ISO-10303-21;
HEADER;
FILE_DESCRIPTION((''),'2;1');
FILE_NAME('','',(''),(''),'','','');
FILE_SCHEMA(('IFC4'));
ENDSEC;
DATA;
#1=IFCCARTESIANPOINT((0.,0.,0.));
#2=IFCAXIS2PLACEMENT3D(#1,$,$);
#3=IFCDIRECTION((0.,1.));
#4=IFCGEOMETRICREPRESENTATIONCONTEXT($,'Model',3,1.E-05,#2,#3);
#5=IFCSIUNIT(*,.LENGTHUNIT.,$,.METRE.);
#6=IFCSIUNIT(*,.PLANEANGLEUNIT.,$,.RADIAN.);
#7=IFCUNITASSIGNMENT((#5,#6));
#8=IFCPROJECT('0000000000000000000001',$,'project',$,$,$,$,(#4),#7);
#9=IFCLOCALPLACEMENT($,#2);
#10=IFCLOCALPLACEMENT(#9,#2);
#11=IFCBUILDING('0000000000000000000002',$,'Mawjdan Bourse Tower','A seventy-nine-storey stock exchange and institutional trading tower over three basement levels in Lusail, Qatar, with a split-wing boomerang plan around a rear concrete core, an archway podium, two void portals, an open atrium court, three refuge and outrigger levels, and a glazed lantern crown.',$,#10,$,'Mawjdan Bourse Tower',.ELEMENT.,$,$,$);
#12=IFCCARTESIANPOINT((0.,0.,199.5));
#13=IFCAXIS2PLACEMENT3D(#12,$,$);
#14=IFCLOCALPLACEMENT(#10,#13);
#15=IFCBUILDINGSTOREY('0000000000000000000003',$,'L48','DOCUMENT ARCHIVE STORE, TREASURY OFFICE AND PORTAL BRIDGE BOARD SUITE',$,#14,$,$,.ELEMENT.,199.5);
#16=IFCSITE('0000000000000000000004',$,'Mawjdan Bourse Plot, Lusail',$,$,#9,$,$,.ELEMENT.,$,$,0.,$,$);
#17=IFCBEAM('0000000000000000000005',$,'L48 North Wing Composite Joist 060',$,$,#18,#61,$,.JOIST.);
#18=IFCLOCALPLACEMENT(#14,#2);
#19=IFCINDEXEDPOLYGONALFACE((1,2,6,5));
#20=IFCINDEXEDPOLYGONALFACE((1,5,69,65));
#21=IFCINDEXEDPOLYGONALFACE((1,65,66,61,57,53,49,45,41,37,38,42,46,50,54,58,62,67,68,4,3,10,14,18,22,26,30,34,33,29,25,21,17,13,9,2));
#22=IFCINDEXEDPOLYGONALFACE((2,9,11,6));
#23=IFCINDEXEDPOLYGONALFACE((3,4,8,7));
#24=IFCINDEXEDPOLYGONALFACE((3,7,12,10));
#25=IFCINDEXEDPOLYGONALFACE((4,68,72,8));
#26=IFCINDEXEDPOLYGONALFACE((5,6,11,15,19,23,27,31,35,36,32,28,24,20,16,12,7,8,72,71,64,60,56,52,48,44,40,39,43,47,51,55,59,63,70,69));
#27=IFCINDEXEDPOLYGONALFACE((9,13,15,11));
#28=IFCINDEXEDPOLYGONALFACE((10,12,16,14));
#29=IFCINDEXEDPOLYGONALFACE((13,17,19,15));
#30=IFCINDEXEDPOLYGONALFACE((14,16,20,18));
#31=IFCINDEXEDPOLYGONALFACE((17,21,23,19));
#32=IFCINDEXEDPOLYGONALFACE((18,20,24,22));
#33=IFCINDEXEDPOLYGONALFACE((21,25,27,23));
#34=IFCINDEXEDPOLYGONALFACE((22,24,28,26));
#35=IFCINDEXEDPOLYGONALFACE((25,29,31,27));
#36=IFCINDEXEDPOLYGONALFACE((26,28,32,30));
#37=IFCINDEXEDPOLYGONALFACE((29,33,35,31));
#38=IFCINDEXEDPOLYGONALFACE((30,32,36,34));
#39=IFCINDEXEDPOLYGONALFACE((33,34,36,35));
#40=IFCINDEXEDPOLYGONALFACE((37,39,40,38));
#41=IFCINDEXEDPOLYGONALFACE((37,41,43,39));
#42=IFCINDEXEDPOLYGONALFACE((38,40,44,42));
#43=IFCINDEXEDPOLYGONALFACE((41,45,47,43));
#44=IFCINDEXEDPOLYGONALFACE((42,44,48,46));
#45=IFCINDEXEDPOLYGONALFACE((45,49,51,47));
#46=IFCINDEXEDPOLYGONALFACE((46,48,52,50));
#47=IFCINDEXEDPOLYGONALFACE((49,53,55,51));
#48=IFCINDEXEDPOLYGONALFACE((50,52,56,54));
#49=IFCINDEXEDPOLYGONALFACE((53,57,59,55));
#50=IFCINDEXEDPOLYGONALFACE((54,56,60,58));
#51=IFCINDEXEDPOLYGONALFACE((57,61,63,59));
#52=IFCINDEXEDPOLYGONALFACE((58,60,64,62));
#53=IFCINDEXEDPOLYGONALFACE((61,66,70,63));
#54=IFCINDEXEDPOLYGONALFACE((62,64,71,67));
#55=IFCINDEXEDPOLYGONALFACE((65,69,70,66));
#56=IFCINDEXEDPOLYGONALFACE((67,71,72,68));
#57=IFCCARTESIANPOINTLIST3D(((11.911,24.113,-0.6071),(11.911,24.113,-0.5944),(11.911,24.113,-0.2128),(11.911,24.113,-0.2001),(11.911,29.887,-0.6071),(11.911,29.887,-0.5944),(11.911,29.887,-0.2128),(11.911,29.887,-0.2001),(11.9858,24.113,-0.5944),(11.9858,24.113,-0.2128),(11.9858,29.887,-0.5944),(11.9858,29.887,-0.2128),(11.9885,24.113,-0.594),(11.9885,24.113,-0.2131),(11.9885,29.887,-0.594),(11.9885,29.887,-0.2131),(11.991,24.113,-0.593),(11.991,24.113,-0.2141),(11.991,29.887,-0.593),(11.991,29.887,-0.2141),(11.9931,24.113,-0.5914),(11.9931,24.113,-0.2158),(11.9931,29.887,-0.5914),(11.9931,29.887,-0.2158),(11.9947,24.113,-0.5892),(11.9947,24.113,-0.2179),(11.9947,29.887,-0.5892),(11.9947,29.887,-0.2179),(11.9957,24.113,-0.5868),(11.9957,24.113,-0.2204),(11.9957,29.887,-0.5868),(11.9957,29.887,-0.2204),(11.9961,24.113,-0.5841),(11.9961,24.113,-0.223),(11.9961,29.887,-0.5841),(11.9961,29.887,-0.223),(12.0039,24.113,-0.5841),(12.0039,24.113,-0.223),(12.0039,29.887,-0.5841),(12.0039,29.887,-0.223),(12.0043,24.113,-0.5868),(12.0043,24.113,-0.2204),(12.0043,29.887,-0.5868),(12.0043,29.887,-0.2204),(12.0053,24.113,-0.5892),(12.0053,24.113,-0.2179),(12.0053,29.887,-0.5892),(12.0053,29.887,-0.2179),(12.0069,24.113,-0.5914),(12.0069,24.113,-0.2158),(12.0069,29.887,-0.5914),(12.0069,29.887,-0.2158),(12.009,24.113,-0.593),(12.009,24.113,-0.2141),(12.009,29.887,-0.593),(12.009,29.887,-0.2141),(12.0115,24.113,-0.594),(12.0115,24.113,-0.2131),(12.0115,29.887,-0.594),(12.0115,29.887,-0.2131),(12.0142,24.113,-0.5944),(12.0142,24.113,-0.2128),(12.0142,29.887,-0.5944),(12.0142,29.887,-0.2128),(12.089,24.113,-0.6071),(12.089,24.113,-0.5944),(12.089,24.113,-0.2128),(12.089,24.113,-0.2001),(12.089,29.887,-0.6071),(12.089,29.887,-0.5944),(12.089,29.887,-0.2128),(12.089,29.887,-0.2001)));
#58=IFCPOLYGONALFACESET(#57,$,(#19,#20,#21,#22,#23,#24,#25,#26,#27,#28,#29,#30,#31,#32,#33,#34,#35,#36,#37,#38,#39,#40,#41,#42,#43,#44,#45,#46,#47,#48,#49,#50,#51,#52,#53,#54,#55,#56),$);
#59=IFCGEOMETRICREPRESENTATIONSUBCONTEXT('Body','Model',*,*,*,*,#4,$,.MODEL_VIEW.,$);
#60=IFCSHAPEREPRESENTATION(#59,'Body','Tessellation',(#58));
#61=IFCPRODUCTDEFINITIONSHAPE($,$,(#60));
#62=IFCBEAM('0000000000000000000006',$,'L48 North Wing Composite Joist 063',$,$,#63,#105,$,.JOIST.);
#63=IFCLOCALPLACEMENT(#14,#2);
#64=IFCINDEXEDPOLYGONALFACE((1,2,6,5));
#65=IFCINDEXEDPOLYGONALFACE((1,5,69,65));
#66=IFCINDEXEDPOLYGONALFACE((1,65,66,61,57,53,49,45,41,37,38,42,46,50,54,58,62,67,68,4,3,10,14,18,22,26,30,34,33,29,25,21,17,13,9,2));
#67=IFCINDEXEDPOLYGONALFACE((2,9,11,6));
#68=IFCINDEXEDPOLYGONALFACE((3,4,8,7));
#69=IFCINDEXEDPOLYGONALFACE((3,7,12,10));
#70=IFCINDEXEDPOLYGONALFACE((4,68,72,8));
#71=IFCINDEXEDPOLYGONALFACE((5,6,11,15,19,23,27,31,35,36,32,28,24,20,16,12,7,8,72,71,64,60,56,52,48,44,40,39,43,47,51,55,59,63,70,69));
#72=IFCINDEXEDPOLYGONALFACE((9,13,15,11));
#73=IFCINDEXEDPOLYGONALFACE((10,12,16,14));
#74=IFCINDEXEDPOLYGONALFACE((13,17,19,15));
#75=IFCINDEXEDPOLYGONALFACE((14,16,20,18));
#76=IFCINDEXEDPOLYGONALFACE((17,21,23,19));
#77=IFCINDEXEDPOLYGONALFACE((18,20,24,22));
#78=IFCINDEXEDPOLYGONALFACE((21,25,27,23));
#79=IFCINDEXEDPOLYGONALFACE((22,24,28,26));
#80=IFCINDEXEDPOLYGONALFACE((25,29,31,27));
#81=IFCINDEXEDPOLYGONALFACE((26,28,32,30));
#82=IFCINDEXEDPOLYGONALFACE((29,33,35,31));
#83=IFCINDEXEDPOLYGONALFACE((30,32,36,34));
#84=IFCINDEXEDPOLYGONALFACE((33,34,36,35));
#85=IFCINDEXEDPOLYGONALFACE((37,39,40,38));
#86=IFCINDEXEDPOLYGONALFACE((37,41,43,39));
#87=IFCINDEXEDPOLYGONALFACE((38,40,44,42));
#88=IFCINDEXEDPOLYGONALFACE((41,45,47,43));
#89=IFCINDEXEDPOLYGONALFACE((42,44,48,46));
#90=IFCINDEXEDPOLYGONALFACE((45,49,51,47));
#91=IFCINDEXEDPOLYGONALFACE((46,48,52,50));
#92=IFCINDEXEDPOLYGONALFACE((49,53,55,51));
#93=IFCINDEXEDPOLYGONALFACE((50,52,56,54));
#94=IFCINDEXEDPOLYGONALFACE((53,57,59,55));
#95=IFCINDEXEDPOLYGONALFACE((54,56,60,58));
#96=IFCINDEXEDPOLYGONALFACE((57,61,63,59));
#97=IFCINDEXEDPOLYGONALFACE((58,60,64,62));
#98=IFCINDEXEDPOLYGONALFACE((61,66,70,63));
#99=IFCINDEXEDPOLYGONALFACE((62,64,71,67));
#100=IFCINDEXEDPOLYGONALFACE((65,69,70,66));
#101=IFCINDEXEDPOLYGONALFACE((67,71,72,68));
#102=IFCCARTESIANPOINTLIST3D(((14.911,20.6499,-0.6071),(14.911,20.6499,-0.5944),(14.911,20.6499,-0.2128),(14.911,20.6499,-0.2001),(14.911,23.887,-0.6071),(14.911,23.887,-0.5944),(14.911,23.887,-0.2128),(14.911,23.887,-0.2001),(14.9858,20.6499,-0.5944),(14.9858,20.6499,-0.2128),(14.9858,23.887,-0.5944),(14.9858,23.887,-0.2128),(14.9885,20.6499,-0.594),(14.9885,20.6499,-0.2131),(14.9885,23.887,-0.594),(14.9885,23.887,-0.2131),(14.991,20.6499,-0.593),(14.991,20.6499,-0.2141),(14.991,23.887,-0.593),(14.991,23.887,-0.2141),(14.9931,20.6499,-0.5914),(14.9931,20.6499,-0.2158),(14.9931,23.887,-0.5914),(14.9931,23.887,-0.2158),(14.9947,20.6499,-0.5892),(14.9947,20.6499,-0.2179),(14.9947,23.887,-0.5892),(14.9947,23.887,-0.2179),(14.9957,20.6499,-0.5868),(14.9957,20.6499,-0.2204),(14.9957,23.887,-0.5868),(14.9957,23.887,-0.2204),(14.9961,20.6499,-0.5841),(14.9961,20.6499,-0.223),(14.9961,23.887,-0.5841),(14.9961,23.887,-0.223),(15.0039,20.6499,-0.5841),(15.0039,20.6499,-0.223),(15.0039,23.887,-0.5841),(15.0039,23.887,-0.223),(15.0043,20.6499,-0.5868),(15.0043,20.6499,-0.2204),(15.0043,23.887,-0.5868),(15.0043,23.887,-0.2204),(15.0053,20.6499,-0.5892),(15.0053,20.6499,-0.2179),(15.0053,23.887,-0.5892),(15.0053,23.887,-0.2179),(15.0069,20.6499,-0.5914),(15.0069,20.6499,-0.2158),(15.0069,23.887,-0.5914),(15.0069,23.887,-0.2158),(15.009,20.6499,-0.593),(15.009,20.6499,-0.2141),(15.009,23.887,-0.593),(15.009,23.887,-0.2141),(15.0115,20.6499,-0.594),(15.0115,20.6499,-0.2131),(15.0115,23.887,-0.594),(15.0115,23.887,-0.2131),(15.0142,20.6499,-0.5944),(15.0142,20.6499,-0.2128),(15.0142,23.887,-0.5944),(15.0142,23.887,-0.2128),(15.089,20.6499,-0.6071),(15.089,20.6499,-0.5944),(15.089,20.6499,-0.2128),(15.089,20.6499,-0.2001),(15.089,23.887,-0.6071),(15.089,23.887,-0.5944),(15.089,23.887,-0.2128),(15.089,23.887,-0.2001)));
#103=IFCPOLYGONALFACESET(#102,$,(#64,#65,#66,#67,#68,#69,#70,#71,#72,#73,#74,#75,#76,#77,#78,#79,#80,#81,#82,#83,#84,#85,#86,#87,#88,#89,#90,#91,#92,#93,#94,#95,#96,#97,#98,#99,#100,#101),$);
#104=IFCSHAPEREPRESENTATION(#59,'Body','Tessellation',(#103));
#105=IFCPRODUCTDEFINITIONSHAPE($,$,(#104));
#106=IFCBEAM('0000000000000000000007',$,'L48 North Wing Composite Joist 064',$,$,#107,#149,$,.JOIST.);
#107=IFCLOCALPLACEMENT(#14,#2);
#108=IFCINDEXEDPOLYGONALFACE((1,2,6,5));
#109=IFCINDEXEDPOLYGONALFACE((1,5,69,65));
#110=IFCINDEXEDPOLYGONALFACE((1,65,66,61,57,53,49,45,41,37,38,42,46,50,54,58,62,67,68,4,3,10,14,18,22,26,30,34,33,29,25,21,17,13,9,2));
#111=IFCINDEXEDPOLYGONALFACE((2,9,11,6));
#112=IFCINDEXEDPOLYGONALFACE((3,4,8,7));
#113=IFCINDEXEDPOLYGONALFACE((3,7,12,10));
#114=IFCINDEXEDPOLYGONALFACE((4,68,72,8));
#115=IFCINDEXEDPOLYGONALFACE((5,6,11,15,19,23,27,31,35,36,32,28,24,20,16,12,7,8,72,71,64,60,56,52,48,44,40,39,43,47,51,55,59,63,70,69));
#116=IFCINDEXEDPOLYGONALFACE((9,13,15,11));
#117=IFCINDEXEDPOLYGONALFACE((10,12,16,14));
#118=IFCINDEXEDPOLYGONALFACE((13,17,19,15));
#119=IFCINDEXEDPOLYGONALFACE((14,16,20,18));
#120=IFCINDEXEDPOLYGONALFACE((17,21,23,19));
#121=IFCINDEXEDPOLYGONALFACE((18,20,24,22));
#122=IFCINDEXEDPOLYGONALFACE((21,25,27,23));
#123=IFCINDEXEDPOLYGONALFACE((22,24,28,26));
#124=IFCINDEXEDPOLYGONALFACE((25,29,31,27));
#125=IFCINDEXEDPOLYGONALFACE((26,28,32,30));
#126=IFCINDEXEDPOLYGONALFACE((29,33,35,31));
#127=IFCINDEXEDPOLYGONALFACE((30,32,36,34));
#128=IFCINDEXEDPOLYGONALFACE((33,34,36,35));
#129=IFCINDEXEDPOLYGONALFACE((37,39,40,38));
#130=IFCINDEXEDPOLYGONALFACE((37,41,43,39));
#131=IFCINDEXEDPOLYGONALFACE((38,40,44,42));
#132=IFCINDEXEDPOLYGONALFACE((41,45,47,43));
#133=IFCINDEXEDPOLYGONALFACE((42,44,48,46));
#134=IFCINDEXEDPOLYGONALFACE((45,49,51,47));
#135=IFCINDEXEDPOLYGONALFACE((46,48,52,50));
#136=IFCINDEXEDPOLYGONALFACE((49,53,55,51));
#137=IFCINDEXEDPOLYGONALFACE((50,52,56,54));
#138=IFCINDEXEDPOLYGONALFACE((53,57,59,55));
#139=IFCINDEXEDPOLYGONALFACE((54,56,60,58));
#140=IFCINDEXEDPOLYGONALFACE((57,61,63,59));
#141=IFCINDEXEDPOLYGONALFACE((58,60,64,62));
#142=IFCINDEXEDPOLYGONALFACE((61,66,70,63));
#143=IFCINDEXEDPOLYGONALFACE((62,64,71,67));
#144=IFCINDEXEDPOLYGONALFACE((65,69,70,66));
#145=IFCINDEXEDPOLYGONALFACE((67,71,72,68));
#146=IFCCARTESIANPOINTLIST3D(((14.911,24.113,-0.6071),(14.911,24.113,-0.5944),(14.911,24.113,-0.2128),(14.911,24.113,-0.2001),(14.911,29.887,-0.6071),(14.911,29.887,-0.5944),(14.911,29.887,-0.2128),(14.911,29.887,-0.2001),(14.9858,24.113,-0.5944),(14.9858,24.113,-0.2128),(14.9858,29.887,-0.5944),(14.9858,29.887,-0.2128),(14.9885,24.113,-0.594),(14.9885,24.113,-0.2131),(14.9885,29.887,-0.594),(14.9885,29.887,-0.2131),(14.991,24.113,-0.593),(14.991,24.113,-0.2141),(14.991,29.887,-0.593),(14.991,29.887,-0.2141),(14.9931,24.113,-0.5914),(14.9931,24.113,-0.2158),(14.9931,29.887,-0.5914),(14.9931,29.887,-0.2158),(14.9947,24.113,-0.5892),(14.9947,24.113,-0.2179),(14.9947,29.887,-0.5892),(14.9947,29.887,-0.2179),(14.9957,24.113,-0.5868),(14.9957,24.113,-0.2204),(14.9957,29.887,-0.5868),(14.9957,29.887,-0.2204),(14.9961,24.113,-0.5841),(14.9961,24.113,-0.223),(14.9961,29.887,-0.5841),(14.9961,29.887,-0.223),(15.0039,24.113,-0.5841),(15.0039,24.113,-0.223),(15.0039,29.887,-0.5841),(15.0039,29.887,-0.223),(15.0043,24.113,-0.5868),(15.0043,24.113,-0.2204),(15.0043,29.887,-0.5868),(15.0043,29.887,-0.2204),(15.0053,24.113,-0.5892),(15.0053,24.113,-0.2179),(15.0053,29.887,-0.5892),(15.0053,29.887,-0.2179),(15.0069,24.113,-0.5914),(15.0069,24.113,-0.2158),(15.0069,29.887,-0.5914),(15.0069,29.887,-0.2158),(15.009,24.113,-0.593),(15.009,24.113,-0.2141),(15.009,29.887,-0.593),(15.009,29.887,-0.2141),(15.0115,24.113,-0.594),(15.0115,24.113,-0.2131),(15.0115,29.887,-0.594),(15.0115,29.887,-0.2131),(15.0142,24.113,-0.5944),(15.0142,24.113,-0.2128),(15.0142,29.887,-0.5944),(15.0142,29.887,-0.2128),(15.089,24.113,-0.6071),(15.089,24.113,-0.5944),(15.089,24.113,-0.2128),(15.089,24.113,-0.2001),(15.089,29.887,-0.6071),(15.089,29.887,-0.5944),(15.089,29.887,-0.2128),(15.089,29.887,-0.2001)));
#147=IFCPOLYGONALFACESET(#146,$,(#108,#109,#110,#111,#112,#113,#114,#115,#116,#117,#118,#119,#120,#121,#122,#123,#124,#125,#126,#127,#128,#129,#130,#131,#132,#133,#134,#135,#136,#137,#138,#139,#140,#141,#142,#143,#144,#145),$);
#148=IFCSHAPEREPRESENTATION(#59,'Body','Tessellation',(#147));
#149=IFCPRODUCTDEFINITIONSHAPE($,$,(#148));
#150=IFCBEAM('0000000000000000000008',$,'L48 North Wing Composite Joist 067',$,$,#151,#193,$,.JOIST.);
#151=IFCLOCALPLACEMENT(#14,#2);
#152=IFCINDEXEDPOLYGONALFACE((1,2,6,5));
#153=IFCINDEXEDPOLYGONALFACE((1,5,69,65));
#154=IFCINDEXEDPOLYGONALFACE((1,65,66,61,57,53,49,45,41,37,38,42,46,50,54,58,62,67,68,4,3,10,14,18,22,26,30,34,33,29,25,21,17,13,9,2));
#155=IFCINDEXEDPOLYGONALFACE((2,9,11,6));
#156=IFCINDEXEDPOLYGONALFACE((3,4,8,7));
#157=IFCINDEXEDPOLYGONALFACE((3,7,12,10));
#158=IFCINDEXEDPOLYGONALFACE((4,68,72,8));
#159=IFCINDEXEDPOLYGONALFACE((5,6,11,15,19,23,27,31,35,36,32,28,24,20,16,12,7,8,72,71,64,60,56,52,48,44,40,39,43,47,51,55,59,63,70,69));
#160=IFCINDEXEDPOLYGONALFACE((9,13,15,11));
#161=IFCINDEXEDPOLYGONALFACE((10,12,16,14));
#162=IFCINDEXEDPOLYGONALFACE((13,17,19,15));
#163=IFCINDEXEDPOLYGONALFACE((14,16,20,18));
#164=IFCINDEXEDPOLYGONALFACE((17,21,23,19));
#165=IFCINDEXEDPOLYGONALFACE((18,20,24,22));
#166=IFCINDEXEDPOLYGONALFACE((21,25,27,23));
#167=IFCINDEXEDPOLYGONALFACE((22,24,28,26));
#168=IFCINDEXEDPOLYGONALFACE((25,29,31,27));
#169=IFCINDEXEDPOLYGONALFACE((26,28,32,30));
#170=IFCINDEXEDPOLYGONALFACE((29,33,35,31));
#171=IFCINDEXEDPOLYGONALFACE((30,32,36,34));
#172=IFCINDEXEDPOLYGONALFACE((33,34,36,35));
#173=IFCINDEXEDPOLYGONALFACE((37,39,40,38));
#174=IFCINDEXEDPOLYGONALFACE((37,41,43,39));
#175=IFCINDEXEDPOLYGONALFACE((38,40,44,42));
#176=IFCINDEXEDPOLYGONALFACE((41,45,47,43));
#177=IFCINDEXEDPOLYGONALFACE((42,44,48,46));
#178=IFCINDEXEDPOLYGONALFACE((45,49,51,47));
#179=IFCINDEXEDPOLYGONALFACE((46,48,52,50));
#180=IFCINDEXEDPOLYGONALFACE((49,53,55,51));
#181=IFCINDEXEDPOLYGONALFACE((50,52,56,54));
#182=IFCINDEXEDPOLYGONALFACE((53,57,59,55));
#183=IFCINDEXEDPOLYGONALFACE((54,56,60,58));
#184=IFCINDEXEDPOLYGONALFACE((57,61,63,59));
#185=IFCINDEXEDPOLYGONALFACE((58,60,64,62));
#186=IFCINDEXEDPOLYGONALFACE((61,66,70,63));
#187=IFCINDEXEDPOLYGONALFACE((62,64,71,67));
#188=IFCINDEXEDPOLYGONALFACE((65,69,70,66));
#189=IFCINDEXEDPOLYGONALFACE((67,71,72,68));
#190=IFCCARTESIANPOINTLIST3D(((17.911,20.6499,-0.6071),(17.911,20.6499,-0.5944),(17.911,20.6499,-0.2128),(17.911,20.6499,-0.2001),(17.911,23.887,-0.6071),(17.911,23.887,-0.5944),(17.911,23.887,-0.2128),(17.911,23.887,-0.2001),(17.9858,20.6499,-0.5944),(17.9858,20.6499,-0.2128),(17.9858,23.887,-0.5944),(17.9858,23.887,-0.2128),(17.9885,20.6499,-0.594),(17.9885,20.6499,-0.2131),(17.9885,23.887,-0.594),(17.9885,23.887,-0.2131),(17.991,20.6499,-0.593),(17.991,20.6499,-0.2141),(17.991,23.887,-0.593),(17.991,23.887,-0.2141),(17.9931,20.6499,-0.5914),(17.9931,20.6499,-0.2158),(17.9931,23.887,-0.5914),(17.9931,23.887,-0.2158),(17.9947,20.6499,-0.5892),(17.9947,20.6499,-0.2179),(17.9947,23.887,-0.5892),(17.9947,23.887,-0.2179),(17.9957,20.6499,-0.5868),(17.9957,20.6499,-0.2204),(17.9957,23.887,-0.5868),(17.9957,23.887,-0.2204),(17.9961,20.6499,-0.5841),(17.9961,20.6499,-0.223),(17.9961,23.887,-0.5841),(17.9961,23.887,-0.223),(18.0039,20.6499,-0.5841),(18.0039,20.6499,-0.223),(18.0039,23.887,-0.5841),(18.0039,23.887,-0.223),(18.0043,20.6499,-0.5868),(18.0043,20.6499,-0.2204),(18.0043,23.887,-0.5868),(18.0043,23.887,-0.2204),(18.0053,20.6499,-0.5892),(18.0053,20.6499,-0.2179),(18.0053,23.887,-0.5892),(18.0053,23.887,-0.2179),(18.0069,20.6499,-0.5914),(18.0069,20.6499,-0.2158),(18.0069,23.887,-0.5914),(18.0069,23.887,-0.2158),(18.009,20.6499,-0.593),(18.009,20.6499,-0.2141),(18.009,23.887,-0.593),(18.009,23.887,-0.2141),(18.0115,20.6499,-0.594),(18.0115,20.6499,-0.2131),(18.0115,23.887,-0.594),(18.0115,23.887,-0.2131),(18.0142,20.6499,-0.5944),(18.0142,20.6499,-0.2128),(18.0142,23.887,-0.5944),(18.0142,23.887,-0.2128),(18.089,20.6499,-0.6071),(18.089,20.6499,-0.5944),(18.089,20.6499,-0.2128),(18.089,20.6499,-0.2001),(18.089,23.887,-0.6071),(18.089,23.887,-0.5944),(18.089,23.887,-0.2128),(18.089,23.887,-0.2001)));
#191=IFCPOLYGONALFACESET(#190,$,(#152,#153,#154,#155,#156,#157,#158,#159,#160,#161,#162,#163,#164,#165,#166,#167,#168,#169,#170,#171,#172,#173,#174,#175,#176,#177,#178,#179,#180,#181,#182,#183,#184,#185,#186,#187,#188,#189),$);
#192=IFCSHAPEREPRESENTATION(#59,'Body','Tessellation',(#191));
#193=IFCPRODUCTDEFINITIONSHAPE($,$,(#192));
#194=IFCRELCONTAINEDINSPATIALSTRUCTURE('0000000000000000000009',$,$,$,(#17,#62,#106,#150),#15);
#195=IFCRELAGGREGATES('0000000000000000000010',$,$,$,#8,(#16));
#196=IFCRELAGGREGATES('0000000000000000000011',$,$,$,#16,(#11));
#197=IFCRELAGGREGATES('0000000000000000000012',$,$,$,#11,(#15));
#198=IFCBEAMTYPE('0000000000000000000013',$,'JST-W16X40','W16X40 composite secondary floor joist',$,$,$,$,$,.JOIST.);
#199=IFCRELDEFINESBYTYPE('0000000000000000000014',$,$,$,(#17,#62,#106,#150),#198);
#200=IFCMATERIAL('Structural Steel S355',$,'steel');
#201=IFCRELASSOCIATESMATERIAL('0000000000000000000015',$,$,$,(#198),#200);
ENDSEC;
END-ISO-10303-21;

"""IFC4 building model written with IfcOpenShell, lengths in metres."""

from ifc_helpers import new_model, si_unit, direction, frame, origin, origin_2d, place, context, subcontext, project, spatial, i_section, extrude, material, material_profile, profile_set, type_object, element, save


model = new_model("IFC4")

# Units and contexts
model_context = context("Model", 3, precision=1e-05, world=origin(), true_north=direction((0.0, 1.0)))
body_context = subcontext(model_context, "Body", "Model", "MODEL_VIEW")
ifc_project = project(units=[si_unit("LENGTHUNIT", "METRE"), si_unit("PLANEANGLEUNIT", "RADIAN")], contexts=[model_context])

# Site, building, storey
site_placement = place(None, origin())
site = spatial("IfcSite", under=ifc_project, at=site_placement, Name="Mawjdan Bourse Plot, Lusail", CompositionType="ELEMENT", RefElevation=0.0)
building_placement = place(site_placement, origin())
building = spatial("IfcBuilding", under=site, at=building_placement, Name="Mawjdan Bourse Tower", Description="A seventy-nine-storey stock exchange and institutional trading tower over three basement levels in Lusail, Qatar, with a split-wing boomerang plan around a rear concrete core, an archway podium, two void portals, an open atrium court, three refuge and outrigger levels, and a glazed lantern crown.", LongName="Mawjdan Bourse Tower", CompositionType="ELEMENT")
storey_placement = place(building_placement, frame((0.0, 0.0, 199.5)))
storey = spatial("IfcBuildingStorey", under=building, at=storey_placement, Name="L48", Description="DOCUMENT ARCHIVE STORE, TREASURY OFFICE AND PORTAL BRIDGE BOARD SUITE", CompositionType="ELEMENT", Elevation=199.5)

# Beams
ifc_material_1 = material(Name="Structural Steel S355", Category="steel")
ifc_material_profile_1 = material_profile(ifc_material_1, i_section(OverallWidth=0.178, OverallDepth=0.407, WebThickness=0.0078, FlangeThickness=0.0127, FilletRadius=0.0103, at=origin_2d()), Name="W16X40")
ifc_profile_set_1 = profile_set([ifc_material_profile_1], Name="Structural Steel S355")
beam_type_1 = type_object("IfcBeamType", Name="JST-W16X40", Description="W16X40 composite secondary floor joist", PredefinedType="JOIST", material=ifc_profile_set_1)
beam_1_placement = place(storey_placement, frame((12.0, 24.113, -0.4036), z_axis=(0.0, 1.0, 0.0), x_axis=(-1.0, 0.0, 0.0)))
element("IfcBeam", 1, at=beam_1_placement, inside=storey, type_object=beam_type_1, Name="L48 North Wing Composite Joist 060", PredefinedType="JOIST", context=body_context, shape_type="SweptSolid", body=[
    extrude(i_section(OverallWidth=0.178, OverallDepth=0.407, WebThickness=0.0078, FlangeThickness=0.0127, FilletRadius=0.0103, at=origin_2d()), origin(), (0.0, 0.0, 1.0), 5.7739),
])
beam_2_placement = place(storey_placement, frame((15.0, 20.6499, -0.4036), z_axis=(0.0, 1.0, 0.0), x_axis=(-1.0, 0.0, 0.0)))
element("IfcBeam", 2, at=beam_2_placement, inside=storey, type_object=beam_type_1, Name="L48 North Wing Composite Joist 063", PredefinedType="JOIST", context=body_context, shape_type="SweptSolid", body=[
    extrude(i_section(OverallWidth=0.178, OverallDepth=0.407, WebThickness=0.0078, FlangeThickness=0.0127, FilletRadius=0.0103, at=origin_2d()), origin(), (0.0, 0.0, 1.0), 3.2371),
])
beam_3_placement = place(storey_placement, frame((15.0, 24.113, -0.4036), z_axis=(0.0, 1.0, 0.0), x_axis=(-1.0, 0.0, 0.0)))
element("IfcBeam", 3, at=beam_3_placement, inside=storey, type_object=beam_type_1, Name="L48 North Wing Composite Joist 064", PredefinedType="JOIST", context=body_context, shape_type="SweptSolid", body=[
    extrude(i_section(OverallWidth=0.178, OverallDepth=0.407, WebThickness=0.0078, FlangeThickness=0.0127, FilletRadius=0.0103, at=origin_2d()), origin(), (0.0, 0.0, 1.0), 5.7739),
])
beam_4_placement = place(storey_placement, frame((18.0, 20.6499, -0.4036), z_axis=(0.0, 1.0, 0.0), x_axis=(-1.0, 0.0, 0.0)))
element("IfcBeam", 4, at=beam_4_placement, inside=storey, type_object=beam_type_1, Name="L48 North Wing Composite Joist 067", PredefinedType="JOIST", context=body_context, shape_type="SweptSolid", body=[
    extrude(i_section(OverallWidth=0.178, OverallDepth=0.407, WebThickness=0.0078, FlangeThickness=0.0127, FilletRadius=0.0103, at=origin_2d()), origin(), (0.0, 0.0, 1.0), 3.2371),
])

save(model, "model.ifc")
